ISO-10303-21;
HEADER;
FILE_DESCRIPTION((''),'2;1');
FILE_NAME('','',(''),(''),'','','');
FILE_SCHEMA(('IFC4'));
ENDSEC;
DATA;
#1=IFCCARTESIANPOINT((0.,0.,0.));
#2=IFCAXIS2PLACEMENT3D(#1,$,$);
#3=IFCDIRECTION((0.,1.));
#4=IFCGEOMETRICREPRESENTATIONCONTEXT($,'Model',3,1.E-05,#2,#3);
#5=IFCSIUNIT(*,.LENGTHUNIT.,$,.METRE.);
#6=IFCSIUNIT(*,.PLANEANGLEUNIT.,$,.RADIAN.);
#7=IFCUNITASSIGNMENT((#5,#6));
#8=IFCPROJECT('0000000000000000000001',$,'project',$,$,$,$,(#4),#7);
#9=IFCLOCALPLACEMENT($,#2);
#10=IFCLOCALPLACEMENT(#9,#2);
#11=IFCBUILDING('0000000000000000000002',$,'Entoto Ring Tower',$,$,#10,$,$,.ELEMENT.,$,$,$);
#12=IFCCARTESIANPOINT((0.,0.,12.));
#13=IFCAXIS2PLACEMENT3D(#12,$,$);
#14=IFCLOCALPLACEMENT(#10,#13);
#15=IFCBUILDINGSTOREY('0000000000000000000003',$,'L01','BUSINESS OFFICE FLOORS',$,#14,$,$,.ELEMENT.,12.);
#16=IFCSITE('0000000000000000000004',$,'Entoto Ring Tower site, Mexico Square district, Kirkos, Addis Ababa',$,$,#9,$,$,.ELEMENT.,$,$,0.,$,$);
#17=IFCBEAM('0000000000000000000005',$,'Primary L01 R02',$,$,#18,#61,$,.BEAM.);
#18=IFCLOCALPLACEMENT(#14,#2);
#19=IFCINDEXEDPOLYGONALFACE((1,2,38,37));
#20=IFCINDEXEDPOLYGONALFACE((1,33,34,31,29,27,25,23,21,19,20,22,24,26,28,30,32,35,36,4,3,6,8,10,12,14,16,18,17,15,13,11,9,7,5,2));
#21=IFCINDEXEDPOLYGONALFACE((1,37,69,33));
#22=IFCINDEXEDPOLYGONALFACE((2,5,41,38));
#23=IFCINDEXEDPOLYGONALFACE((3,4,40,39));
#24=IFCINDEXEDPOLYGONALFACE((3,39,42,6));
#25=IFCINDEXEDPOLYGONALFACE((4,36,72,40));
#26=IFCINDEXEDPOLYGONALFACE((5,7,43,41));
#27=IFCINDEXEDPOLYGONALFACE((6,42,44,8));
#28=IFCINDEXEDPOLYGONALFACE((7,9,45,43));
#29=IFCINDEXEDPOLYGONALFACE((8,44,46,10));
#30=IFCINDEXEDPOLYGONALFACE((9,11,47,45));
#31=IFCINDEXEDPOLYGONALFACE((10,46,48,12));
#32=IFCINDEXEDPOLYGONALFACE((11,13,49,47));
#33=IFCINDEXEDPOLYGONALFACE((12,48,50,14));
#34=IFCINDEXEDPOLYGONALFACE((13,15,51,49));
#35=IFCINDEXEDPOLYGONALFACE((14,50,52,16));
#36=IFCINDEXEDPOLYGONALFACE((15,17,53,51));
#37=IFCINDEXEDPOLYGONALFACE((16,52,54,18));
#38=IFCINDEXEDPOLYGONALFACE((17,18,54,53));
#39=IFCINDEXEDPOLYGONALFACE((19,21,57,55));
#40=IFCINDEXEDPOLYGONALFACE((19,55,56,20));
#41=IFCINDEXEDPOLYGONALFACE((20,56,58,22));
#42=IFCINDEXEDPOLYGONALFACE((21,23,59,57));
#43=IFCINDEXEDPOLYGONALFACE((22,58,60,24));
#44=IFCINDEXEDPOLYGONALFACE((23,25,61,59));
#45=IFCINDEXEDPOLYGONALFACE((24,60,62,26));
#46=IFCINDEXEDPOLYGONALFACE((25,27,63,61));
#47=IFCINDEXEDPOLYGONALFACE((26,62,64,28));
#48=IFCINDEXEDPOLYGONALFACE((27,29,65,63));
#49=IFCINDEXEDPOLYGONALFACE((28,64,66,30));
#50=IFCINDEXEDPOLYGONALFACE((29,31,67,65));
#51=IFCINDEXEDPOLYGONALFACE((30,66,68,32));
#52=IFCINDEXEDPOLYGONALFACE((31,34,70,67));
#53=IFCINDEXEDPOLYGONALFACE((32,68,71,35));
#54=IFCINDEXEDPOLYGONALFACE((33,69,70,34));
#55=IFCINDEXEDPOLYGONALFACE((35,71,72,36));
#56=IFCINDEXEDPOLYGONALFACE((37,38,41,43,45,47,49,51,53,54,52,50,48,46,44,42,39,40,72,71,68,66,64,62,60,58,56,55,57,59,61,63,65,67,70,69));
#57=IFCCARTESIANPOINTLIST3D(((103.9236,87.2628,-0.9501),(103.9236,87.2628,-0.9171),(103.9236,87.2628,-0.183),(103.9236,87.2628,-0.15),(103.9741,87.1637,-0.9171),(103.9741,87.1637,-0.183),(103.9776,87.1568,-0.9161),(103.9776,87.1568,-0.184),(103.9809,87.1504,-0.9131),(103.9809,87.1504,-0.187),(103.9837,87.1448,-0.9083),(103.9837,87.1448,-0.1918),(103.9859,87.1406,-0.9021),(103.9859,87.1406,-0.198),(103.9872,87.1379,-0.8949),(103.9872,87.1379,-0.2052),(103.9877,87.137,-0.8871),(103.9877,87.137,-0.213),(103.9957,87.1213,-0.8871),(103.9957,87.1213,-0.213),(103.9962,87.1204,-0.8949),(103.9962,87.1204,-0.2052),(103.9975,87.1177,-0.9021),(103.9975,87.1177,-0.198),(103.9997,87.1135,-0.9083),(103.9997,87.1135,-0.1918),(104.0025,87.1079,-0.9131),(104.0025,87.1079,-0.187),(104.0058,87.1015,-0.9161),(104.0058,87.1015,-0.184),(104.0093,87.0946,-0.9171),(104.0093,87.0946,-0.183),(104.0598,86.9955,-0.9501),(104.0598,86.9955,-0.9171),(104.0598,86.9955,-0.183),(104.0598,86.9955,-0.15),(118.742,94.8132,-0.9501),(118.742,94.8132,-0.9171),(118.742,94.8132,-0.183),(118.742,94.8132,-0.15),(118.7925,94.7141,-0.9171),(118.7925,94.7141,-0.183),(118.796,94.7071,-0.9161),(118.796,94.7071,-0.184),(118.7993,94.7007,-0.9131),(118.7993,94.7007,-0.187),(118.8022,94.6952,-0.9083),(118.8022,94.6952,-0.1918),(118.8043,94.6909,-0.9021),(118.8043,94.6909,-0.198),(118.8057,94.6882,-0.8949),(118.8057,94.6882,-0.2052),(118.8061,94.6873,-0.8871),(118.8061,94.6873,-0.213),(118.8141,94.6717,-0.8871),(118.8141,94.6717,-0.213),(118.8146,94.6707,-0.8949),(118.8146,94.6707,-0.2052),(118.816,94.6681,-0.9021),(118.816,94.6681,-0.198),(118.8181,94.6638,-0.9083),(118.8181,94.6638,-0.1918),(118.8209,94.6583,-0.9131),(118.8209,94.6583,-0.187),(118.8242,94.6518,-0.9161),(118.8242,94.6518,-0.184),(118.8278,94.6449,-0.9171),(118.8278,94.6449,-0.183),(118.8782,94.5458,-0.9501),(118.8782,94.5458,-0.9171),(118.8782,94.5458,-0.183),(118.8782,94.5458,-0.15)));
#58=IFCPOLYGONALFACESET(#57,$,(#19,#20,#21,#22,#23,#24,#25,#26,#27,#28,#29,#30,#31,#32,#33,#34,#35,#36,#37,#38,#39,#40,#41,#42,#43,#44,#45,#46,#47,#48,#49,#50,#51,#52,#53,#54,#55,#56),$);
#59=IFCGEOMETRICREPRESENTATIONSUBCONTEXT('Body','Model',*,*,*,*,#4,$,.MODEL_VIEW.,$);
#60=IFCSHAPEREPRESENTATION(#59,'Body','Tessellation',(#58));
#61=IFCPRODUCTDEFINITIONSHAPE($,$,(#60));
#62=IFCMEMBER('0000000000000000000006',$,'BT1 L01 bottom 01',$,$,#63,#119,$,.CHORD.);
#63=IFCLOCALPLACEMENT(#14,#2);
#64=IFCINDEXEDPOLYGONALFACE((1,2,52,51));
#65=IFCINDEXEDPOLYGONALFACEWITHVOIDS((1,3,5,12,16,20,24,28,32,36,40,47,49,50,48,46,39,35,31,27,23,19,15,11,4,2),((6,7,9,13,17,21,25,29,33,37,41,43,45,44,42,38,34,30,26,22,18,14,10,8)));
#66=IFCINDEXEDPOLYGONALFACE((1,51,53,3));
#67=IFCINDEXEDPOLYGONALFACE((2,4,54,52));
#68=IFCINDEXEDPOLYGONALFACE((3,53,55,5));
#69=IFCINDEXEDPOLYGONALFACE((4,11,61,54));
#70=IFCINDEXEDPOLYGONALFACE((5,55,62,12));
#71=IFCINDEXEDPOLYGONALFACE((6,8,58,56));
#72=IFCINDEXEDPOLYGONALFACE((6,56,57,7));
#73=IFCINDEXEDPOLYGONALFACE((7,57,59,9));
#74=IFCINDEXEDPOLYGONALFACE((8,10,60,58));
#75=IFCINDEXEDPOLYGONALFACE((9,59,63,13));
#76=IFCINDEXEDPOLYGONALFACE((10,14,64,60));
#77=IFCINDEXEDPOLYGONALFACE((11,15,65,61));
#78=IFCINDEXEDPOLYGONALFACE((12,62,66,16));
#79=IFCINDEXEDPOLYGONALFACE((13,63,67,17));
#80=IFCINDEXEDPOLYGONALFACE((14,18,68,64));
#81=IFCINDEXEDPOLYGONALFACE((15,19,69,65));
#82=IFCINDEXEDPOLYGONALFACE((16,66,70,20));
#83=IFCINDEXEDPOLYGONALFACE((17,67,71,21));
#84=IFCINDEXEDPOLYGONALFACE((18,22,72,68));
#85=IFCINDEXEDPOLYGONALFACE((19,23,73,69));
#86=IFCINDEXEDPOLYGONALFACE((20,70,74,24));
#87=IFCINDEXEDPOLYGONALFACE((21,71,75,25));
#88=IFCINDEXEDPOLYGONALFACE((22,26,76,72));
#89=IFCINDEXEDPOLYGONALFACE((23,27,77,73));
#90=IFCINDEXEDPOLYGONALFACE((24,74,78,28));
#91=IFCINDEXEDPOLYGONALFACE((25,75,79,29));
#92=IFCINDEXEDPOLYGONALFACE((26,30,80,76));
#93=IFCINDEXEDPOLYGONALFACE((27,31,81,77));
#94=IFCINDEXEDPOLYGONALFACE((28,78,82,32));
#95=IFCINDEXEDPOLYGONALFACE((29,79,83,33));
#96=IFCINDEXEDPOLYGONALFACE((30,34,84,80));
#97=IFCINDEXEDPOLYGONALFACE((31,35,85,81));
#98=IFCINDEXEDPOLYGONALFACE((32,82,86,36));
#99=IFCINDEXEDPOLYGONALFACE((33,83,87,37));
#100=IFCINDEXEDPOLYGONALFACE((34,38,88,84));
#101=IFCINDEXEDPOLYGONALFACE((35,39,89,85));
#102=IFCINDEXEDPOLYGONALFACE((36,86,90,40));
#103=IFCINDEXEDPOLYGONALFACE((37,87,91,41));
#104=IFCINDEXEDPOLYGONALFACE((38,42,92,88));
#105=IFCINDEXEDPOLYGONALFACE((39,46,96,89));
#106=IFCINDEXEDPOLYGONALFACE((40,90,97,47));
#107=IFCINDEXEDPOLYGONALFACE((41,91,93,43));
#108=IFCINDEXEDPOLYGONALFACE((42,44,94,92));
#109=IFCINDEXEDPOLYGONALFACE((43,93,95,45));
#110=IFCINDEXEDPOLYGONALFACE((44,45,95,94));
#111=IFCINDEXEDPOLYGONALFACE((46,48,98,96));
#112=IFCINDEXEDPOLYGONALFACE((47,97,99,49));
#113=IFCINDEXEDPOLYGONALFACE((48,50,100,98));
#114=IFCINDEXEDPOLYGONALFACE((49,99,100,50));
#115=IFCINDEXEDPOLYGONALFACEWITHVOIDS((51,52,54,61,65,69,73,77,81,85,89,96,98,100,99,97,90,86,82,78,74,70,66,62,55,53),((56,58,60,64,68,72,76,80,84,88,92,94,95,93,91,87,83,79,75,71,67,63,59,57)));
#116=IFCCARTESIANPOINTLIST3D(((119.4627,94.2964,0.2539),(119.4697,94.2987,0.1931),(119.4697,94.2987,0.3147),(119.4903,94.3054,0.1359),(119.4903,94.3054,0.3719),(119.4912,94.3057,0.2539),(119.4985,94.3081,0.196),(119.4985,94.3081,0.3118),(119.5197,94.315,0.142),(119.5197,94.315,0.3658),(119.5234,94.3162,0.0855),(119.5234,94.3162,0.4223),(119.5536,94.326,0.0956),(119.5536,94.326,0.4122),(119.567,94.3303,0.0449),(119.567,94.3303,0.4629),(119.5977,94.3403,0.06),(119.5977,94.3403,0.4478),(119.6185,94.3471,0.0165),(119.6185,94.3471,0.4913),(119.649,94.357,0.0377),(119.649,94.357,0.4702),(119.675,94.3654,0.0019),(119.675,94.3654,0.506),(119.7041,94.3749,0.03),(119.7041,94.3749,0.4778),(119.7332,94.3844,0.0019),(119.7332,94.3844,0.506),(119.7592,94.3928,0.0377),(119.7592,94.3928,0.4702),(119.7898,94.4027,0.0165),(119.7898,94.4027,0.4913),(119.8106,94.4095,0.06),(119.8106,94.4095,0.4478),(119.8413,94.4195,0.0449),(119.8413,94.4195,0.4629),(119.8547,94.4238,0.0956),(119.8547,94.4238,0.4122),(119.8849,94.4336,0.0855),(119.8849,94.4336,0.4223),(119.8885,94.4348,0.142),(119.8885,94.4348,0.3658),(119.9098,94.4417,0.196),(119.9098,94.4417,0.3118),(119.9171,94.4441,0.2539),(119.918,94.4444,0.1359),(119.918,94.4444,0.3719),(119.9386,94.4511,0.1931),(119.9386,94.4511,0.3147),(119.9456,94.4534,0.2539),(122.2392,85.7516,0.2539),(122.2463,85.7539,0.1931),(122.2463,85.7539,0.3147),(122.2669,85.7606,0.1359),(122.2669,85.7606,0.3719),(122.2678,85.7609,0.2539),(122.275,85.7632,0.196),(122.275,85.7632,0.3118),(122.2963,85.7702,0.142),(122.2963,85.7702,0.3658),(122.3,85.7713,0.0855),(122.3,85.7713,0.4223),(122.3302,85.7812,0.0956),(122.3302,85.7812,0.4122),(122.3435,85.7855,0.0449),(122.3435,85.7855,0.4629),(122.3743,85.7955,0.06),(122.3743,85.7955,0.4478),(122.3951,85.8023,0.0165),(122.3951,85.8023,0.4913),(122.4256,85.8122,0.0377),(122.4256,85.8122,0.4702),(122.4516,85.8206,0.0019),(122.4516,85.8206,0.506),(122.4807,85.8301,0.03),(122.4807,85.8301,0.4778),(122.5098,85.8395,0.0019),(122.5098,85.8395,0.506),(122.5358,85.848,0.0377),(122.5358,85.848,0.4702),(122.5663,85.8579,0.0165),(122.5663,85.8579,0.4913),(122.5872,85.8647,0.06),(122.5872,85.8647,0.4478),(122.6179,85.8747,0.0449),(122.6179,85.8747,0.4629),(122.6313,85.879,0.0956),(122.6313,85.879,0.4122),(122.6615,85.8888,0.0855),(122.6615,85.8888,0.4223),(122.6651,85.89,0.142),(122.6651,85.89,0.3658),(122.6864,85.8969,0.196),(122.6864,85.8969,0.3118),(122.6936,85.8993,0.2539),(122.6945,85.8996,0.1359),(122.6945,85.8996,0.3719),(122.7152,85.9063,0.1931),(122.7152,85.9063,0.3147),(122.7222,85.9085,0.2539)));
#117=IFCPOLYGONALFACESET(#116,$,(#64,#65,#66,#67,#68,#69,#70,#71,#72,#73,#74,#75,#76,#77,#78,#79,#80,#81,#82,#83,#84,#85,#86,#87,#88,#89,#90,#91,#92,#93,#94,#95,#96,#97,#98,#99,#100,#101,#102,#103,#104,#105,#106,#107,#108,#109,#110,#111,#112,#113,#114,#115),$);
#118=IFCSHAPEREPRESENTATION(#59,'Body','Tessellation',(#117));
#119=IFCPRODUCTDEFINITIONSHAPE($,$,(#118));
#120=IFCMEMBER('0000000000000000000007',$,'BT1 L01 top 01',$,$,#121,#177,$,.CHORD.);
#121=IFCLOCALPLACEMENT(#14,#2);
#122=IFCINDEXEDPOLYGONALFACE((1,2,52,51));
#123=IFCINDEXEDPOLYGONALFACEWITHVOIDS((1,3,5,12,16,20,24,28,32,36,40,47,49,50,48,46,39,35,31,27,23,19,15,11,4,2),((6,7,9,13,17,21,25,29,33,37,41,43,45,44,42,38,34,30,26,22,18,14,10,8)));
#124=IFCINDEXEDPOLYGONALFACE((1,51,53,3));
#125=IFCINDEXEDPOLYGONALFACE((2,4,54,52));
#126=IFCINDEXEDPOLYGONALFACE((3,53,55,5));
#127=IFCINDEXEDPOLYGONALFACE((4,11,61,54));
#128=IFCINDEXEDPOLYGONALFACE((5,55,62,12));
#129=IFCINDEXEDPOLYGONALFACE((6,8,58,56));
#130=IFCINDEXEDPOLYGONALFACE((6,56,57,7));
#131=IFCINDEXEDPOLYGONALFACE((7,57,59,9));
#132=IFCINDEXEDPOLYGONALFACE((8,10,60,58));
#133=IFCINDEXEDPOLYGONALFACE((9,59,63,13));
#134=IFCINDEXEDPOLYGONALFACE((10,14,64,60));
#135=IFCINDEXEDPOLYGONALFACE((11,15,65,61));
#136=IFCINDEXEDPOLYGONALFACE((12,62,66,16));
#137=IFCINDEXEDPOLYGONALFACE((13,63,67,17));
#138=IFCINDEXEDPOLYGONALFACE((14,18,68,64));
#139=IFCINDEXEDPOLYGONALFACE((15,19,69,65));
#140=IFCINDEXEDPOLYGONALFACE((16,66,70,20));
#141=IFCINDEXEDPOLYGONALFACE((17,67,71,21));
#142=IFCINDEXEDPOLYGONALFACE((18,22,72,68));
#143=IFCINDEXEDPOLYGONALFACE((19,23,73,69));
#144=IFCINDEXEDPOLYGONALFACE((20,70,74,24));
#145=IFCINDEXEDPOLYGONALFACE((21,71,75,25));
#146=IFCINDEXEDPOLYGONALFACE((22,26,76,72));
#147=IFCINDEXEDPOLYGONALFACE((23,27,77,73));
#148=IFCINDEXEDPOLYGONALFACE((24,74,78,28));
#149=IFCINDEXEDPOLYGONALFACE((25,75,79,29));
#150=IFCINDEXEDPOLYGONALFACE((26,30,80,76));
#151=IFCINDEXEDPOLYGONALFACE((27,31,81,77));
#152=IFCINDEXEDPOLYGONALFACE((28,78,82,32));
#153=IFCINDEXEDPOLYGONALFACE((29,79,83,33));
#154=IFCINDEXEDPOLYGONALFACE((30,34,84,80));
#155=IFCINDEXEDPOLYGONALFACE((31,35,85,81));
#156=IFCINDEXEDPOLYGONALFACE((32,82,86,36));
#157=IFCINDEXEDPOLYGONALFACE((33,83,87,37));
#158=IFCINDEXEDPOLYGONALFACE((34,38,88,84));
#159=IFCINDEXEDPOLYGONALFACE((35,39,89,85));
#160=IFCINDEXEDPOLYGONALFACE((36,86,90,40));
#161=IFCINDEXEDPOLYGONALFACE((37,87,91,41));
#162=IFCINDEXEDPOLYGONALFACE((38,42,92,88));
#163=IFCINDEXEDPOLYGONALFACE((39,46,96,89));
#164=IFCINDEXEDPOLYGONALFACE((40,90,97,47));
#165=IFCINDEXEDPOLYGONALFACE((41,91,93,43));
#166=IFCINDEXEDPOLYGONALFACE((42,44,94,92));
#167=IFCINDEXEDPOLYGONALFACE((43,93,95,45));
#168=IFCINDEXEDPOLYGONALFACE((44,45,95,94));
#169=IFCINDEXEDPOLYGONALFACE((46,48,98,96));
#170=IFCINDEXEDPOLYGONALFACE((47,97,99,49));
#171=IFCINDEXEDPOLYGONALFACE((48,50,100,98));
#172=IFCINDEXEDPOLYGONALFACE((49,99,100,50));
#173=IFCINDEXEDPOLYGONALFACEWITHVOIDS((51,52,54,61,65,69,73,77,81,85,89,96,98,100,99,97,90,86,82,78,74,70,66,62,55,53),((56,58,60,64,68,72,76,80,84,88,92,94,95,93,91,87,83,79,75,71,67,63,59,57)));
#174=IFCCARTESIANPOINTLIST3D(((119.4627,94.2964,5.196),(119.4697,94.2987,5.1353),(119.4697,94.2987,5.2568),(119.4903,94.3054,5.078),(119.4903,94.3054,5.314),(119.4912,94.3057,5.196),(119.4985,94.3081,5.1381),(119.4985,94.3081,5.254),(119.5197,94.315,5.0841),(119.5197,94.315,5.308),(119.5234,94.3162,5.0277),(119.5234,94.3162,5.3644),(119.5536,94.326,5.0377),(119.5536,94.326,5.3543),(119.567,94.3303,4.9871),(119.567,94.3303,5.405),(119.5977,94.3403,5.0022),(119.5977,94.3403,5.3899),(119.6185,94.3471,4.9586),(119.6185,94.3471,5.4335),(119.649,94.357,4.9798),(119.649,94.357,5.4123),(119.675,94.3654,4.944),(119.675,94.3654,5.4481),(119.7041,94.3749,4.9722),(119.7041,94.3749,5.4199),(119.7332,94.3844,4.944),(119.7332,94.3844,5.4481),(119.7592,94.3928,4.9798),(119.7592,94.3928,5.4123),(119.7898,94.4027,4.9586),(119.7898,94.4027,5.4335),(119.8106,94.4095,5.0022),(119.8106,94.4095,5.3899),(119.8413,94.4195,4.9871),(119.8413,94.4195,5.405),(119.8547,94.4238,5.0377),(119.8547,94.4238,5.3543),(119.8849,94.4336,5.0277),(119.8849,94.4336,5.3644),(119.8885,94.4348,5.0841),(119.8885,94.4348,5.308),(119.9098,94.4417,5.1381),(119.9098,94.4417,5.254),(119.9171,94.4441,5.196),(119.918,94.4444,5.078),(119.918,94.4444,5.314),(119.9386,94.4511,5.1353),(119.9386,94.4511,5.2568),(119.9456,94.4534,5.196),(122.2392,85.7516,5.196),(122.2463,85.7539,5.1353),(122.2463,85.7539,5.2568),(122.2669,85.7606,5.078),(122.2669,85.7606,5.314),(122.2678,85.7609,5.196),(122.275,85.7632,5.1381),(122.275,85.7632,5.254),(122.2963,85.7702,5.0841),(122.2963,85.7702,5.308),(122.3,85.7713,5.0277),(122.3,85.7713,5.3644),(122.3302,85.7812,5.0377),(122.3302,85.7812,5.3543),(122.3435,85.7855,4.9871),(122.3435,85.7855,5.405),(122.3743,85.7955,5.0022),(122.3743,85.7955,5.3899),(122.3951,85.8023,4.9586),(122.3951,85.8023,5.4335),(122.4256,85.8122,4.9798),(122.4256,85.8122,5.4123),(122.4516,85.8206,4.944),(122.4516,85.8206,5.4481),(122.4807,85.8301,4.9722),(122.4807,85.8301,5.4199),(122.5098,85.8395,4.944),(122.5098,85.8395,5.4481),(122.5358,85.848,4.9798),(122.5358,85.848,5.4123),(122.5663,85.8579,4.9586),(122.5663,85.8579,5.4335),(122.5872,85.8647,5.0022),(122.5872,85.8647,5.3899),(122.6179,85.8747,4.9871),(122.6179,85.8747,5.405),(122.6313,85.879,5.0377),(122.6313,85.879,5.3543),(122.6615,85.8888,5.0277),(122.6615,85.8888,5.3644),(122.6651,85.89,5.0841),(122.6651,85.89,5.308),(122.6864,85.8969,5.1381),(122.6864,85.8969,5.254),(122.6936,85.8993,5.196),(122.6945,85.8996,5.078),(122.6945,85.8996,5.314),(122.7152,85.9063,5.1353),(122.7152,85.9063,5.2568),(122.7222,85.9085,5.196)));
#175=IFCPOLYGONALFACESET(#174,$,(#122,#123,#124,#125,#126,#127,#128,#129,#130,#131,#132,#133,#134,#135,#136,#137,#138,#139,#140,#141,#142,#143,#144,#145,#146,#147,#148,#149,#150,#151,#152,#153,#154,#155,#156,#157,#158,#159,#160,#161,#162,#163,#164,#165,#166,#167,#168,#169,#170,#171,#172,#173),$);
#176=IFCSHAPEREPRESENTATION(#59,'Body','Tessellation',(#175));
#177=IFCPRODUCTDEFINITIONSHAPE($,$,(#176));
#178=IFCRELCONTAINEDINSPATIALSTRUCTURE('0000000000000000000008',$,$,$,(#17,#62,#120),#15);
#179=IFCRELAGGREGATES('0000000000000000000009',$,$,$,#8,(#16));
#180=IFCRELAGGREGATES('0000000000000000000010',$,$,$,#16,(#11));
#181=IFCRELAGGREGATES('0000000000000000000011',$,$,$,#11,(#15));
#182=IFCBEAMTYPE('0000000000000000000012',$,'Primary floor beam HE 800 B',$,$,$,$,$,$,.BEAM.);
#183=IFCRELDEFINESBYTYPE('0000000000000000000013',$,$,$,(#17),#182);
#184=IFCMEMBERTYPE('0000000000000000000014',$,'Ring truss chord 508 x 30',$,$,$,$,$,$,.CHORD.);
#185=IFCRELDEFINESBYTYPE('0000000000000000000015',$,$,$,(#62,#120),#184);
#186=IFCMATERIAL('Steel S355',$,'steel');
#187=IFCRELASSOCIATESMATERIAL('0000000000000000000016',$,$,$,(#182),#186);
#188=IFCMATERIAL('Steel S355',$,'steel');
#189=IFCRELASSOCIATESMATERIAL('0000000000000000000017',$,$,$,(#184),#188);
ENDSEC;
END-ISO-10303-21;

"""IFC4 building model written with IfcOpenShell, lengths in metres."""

from ifc_helpers import new_model, si_unit, direction, frame, origin, origin_2d, place, context, subcontext, project, spatial, circle, hollow_circle, i_section, extrude, material, material_profile, profile_set, type_object, element, save


model = new_model("IFC4")

# Units and contexts
model_context = context("Model", 3, precision=1e-05, world=origin(), true_north=direction((0.0, 1.0)))
body_context = subcontext(model_context, "Body", "Model", "MODEL_VIEW")
ifc_project = project(units=[si_unit("LENGTHUNIT", "METRE"), si_unit("PLANEANGLEUNIT", "RADIAN")], contexts=[model_context])

# Site, building, storey
site_placement = place(None, origin())
site = spatial("IfcSite", under=ifc_project, at=site_placement, Name="Entoto Ring Tower site, Mexico Square district, Kirkos, Addis Ababa", CompositionType="ELEMENT", RefElevation=0.0)
building_placement = place(site_placement, origin())
building = spatial("IfcBuilding", under=site, at=building_placement, Name="Entoto Ring Tower", CompositionType="ELEMENT")
storey_placement = place(building_placement, frame((0.0, 0.0, 12.0)))
storey = spatial("IfcBuildingStorey", under=building, at=storey_placement, Name="L01", Description="BUSINESS OFFICE FLOORS", CompositionType="ELEMENT", Elevation=12.0)

# Beam
ifc_material_1 = material(Name="Steel S355", Category="steel")
ifc_material_profile_1 = material_profile(ifc_material_1, i_section(OverallWidth=0.3, OverallDepth=0.8, WebThickness=0.0176, FlangeThickness=0.033, FilletRadius=0.03, at=origin_2d()), Name="HE 800 B")
ifc_profile_set_1 = profile_set([ifc_material_profile_1], Name="Steel S355")
beam_type_1 = type_object("IfcBeamType", Name="Primary floor beam HE 800 B", PredefinedType="BEAM", material=ifc_profile_set_1)
beam_1_placement = place(storey_placement, frame((103.9917, 87.1292, -0.55), z_axis=(0.891007, 0.453989, 0.0), x_axis=(-0.453989, 0.891007, 0.0)))
element("IfcBeam", 1, at=beam_1_placement, inside=storey, type_object=beam_type_1, Name="Primary L01 R02", PredefinedType="BEAM", context=body_context, shape_type="SweptSolid", body=[
    extrude(i_section(OverallWidth=0.3, OverallDepth=0.8, WebThickness=0.0176, FlangeThickness=0.033, FilletRadius=0.03, at=origin_2d()), origin(), (0.0, 0.0, 1.0), 16.6311),
])

# Members
ifc_material_2 = material(Name="Steel S355", Category="steel")
ifc_material_profile_2 = material_profile(ifc_material_2, hollow_circle(Radius=0.2539, WallThickness=0.03, at=origin_2d()), Name="CHS 508 x 30")
ifc_material_3 = material(Name="Concrete C60/75", Category="concrete")
ifc_material_profile_3 = material_profile(ifc_material_3, circle(Radius=0.2241, at=origin_2d()), Name="Concrete C60/75 infill")
ifc_profile_set_2 = profile_set([ifc_material_profile_2, ifc_material_profile_3], Name="Steel S355")
member_type_1 = type_object("IfcMemberType", Name="Ring truss chord 508 x 30", PredefinedType="CHORD", material=ifc_profile_set_2)
for number, where, z_axis, x_axis, name in (
    (2, (122.4807, 85.8301, 0.2539), (-0.309037, 0.95105, 0.0), (-0.95105, -0.309037, 0.0), "BT1 L01 bottom 01"),
    (3, (122.4807, 85.8301, 5.196), (-0.309037, 0.95105, 0.0), (-0.95105, -0.309037, 0.0), "BT1 L01 top 01"),
):
    element("IfcMember", number, at=place(storey_placement, frame(where, z_axis=z_axis, x_axis=x_axis)), inside=storey, type_object=member_type_1, Name=name, PredefinedType="CHORD", context=body_context, shape_type="SweptSolid", body=[
        extrude(hollow_circle(Radius=0.2539, WallThickness=0.03, at=origin_2d()), origin(), (0.0, 0.0, 1.0), 8.9846),
    ])

save(model, "model.ifc")
